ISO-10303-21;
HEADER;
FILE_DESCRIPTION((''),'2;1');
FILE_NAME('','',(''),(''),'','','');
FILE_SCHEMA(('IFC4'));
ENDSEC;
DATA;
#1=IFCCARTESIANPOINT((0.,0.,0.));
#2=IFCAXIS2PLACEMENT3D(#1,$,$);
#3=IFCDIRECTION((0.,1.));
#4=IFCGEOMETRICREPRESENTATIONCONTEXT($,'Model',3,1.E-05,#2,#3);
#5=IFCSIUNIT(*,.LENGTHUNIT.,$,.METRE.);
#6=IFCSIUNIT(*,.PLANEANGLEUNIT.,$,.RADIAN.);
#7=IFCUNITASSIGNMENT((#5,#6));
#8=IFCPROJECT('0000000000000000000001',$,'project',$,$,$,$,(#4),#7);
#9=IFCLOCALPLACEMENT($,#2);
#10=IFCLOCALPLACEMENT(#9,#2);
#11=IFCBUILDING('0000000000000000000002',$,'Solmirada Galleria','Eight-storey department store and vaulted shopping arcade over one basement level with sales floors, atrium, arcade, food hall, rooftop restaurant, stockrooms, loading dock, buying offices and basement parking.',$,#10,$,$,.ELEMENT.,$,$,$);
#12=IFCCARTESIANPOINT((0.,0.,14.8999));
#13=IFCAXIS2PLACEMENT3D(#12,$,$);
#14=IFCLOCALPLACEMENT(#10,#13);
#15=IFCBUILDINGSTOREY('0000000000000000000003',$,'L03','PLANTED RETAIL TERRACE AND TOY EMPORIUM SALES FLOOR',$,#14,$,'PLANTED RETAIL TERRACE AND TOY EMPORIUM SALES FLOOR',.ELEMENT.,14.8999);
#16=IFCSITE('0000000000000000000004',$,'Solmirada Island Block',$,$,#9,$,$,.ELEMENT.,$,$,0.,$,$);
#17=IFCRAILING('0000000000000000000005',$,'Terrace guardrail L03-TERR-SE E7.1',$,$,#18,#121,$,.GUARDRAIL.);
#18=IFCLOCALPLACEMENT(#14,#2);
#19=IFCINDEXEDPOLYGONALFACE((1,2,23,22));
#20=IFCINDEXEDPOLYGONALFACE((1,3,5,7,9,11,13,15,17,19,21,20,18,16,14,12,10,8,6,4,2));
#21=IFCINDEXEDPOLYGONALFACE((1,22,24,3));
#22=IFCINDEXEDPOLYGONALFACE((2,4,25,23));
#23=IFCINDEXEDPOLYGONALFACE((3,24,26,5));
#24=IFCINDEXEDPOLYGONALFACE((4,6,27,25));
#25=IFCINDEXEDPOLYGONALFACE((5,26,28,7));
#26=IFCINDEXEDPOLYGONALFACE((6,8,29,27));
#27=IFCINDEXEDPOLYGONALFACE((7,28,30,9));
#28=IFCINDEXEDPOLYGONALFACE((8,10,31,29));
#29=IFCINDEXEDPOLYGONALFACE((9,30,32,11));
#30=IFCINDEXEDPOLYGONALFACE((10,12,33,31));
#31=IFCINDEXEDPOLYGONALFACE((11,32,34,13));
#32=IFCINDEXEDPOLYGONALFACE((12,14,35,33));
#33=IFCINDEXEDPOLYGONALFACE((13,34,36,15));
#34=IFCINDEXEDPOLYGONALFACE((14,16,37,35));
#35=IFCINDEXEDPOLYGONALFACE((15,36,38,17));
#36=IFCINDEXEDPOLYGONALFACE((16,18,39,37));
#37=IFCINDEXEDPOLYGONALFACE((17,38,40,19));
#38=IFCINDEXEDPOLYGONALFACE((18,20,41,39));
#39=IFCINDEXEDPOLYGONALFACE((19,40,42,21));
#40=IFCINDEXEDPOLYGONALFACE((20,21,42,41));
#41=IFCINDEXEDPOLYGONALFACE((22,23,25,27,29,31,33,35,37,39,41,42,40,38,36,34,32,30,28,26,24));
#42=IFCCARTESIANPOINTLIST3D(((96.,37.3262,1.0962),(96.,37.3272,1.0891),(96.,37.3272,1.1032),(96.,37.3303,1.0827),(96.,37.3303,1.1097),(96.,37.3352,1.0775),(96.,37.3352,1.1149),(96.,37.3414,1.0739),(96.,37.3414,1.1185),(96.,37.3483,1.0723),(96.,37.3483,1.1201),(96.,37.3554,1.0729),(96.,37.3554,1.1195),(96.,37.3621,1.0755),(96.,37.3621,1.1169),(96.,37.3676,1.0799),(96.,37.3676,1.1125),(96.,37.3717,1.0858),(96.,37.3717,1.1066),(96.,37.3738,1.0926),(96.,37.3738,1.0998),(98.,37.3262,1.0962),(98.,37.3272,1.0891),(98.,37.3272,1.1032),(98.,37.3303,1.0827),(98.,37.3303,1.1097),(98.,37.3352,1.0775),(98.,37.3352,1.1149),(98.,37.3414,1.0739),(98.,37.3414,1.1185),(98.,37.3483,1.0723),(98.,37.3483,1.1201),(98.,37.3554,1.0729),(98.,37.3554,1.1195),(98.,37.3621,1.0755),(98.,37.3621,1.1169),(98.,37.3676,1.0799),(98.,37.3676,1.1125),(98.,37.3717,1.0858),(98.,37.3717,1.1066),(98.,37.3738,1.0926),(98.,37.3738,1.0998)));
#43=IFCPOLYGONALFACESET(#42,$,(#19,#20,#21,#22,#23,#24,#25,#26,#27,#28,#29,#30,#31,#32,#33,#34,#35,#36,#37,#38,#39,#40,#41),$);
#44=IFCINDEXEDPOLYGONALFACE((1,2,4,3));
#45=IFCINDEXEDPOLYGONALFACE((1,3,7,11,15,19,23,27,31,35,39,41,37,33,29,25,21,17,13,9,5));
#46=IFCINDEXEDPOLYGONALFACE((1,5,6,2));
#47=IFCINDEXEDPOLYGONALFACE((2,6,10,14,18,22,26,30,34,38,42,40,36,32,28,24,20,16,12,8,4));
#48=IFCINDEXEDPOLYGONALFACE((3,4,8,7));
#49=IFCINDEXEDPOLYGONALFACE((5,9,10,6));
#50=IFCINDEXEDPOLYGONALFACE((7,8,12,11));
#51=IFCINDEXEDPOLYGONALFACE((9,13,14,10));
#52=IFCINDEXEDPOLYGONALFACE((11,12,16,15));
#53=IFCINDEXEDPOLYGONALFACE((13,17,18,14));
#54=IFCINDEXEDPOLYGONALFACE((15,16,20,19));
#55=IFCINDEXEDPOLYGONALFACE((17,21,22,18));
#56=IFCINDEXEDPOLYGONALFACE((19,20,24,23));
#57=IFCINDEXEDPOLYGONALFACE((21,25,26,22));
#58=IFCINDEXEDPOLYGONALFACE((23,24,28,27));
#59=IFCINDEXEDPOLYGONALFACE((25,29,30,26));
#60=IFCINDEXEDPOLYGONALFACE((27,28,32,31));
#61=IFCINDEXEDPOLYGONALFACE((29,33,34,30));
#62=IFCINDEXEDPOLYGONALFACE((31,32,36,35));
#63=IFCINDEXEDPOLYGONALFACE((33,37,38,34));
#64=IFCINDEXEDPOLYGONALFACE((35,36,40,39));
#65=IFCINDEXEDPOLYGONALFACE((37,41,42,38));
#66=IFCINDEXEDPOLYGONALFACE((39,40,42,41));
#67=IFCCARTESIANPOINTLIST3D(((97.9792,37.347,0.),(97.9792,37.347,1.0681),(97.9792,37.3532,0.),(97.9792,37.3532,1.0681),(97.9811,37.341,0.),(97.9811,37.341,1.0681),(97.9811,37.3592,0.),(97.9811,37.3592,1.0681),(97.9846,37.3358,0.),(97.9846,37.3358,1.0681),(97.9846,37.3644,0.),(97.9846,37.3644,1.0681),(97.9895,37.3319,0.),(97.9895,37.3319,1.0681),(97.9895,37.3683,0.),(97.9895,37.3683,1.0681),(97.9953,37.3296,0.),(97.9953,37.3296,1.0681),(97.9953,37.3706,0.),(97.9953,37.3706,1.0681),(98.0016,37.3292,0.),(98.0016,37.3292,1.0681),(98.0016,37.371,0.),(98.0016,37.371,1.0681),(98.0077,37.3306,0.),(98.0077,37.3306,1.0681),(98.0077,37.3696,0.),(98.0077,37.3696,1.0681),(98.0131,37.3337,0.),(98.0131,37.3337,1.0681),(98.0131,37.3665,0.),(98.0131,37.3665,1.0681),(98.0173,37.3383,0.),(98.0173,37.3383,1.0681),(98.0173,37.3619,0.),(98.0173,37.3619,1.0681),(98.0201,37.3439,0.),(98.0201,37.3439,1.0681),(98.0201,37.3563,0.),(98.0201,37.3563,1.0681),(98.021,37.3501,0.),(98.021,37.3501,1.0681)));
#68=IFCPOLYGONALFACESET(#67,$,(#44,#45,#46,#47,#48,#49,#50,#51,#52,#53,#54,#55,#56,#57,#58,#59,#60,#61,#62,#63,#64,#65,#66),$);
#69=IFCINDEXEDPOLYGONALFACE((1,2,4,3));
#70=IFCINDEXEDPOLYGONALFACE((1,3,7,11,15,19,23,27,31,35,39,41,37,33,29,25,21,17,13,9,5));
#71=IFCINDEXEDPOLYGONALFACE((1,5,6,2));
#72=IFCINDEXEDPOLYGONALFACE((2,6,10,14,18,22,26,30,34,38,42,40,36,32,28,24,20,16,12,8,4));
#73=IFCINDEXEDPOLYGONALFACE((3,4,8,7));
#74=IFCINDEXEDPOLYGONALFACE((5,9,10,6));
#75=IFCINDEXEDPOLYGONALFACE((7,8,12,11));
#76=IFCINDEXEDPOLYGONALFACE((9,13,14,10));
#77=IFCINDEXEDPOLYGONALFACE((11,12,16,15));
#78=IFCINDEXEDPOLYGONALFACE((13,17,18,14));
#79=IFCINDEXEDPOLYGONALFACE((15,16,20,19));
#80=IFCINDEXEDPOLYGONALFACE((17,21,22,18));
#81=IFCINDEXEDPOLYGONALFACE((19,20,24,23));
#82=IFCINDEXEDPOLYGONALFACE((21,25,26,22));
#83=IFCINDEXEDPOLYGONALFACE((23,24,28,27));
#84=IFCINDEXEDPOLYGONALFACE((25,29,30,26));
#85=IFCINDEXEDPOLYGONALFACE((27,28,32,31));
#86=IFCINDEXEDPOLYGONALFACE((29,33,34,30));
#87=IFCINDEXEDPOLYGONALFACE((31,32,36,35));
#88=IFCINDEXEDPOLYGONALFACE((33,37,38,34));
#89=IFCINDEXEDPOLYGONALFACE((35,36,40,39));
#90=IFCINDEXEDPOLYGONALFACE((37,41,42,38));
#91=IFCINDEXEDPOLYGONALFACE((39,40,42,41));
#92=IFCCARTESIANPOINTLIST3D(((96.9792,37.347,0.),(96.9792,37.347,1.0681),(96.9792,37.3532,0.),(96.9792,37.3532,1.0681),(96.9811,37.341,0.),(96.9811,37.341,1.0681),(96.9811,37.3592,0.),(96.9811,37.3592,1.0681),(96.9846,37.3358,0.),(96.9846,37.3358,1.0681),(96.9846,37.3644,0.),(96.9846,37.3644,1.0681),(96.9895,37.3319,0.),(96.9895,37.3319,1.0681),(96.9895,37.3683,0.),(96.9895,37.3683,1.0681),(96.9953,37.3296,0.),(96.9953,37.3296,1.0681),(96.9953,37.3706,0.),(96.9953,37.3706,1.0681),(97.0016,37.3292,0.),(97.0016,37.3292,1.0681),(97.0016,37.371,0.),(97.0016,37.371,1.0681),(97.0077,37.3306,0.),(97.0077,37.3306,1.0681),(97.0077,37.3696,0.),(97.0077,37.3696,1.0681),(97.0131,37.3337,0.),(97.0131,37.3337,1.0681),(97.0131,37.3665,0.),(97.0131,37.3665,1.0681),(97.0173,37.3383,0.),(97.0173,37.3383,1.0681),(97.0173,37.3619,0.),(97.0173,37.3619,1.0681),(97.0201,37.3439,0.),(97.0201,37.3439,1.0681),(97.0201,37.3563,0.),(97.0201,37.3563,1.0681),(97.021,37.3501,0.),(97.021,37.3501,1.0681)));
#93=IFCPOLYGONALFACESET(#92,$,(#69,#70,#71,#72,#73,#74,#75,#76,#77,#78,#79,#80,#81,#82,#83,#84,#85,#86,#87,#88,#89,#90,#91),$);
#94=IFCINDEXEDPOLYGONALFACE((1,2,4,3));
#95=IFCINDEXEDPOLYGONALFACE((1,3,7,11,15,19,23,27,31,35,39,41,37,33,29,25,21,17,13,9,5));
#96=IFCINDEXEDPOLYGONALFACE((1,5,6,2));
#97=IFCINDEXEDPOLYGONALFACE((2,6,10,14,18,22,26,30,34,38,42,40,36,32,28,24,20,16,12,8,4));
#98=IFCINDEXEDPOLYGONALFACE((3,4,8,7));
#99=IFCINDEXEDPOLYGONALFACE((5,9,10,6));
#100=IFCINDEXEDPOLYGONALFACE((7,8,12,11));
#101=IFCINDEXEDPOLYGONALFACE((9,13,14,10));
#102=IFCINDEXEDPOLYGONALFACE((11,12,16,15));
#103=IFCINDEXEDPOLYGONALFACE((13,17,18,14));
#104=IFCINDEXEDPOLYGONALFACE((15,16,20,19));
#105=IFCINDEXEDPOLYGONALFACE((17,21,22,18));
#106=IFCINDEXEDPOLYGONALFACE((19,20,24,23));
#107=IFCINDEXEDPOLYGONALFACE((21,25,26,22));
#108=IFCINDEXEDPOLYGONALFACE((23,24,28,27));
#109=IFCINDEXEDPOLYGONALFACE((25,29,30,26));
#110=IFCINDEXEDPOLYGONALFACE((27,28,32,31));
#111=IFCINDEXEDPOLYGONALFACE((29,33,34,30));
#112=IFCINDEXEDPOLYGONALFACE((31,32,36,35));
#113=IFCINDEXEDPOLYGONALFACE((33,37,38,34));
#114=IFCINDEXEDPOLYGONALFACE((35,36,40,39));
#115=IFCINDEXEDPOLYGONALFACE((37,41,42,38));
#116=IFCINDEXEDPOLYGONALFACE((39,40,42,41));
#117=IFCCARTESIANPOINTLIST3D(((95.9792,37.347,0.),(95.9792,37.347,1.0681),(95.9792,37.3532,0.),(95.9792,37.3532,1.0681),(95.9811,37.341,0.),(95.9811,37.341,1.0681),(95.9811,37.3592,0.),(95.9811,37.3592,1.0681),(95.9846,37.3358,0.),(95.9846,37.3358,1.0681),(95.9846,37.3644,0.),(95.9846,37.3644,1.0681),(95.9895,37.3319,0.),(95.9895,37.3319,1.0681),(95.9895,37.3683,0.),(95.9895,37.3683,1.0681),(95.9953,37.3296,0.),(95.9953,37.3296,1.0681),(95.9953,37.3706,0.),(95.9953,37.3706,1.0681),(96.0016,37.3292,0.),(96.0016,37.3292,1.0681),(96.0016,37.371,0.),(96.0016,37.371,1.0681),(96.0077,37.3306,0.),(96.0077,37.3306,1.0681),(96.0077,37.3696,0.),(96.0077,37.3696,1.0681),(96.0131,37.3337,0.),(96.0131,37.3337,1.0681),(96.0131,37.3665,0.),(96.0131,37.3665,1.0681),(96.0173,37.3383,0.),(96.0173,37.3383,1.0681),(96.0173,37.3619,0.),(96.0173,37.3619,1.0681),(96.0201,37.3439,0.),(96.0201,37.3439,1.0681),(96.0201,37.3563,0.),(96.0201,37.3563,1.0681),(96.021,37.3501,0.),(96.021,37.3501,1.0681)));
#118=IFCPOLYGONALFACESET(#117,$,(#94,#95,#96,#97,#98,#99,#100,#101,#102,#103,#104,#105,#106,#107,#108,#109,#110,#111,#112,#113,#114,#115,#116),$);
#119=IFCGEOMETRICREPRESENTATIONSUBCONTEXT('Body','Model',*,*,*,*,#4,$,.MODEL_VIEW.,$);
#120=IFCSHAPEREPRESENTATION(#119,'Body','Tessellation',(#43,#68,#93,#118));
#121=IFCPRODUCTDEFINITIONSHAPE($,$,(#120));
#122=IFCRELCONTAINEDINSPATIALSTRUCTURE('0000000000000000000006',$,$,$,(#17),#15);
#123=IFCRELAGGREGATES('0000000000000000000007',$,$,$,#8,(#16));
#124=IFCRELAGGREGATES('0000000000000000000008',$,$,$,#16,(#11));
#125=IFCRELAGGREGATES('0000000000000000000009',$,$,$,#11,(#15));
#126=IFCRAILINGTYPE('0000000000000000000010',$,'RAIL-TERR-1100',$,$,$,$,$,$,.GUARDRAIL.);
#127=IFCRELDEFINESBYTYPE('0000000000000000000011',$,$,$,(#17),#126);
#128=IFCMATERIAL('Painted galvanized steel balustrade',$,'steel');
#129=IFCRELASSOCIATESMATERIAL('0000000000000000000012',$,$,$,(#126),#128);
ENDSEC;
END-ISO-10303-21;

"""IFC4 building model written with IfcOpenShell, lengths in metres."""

from ifc_helpers import new_model, si_unit, direction, frame, origin, origin_2d, place, context, subcontext, project, spatial, circle, extrude, material, type_object, element, save


model = new_model("IFC4")

# Units and contexts
model_context = context("Model", 3, precision=1e-05, world=origin(), true_north=direction((0.0, 1.0)))
body_context = subcontext(model_context, "Body", "Model", "MODEL_VIEW")
ifc_project = project(units=[si_unit("LENGTHUNIT", "METRE"), si_unit("PLANEANGLEUNIT", "RADIAN")], contexts=[model_context])

# Site, building, storey
site_placement = place(None, origin())
site = spatial("IfcSite", under=ifc_project, at=site_placement, Name="Solmirada Island Block", CompositionType="ELEMENT", RefElevation=0.0)
building_placement = place(site_placement, origin())
building = spatial("IfcBuilding", under=site, at=building_placement, Name="Solmirada Galleria", Description="Eight-storey department store and vaulted shopping arcade over one basement level with sales floors, atrium, arcade, food hall, rooftop restaurant, stockrooms, loading dock, buying offices and basement parking.", CompositionType="ELEMENT")
storey_placement = place(building_placement, frame((0.0, 0.0, 14.8999)))
storey = spatial("IfcBuildingStorey", under=building, at=storey_placement, Name="L03", Description="PLANTED RETAIL TERRACE AND TOY EMPORIUM SALES FLOOR", LongName="PLANTED RETAIL TERRACE AND TOY EMPORIUM SALES FLOOR", CompositionType="ELEMENT", Elevation=14.8999)

# Railing
ifc_material_1 = material(Name="Painted galvanized steel balustrade", Category="steel")
railing_type = type_object("IfcRailingType", Name="RAIL-TERR-1100", PredefinedType="GUARDRAIL", material=ifc_material_1)
railing_placement = place(storey_placement, frame((98.0, 37.3501, 0.0)))
element("IfcRailing", 1, at=railing_placement, inside=storey, type_object=railing_type, Name="Terrace guardrail L03-TERR-SE E7.1", PredefinedType="GUARDRAIL", context=body_context, shape_type="SweptSolid", body=[
    extrude(circle(Radius=0.0239, at=origin_2d()), frame((0.0, 0.0, 1.0962), z_axis=(-1.0, 0.0, 0.0), x_axis=(0.0, -1.0, 0.0)), (0.0, 0.0, 1.0), 2.0),
    extrude(circle(Radius=0.021, at=origin_2d()), origin(), (0.0, 0.0, 1.0), 1.0681),
    extrude(circle(Radius=0.021, at=origin_2d()), frame((-1.0, 0.0, 0.0)), (0.0, 0.0, 1.0), 1.0681),
    extrude(circle(Radius=0.021, at=origin_2d()), frame((-2.0, 0.0, 0.0)), (0.0, 0.0, 1.0), 1.0681),
])

save(model, "model.ifc")
